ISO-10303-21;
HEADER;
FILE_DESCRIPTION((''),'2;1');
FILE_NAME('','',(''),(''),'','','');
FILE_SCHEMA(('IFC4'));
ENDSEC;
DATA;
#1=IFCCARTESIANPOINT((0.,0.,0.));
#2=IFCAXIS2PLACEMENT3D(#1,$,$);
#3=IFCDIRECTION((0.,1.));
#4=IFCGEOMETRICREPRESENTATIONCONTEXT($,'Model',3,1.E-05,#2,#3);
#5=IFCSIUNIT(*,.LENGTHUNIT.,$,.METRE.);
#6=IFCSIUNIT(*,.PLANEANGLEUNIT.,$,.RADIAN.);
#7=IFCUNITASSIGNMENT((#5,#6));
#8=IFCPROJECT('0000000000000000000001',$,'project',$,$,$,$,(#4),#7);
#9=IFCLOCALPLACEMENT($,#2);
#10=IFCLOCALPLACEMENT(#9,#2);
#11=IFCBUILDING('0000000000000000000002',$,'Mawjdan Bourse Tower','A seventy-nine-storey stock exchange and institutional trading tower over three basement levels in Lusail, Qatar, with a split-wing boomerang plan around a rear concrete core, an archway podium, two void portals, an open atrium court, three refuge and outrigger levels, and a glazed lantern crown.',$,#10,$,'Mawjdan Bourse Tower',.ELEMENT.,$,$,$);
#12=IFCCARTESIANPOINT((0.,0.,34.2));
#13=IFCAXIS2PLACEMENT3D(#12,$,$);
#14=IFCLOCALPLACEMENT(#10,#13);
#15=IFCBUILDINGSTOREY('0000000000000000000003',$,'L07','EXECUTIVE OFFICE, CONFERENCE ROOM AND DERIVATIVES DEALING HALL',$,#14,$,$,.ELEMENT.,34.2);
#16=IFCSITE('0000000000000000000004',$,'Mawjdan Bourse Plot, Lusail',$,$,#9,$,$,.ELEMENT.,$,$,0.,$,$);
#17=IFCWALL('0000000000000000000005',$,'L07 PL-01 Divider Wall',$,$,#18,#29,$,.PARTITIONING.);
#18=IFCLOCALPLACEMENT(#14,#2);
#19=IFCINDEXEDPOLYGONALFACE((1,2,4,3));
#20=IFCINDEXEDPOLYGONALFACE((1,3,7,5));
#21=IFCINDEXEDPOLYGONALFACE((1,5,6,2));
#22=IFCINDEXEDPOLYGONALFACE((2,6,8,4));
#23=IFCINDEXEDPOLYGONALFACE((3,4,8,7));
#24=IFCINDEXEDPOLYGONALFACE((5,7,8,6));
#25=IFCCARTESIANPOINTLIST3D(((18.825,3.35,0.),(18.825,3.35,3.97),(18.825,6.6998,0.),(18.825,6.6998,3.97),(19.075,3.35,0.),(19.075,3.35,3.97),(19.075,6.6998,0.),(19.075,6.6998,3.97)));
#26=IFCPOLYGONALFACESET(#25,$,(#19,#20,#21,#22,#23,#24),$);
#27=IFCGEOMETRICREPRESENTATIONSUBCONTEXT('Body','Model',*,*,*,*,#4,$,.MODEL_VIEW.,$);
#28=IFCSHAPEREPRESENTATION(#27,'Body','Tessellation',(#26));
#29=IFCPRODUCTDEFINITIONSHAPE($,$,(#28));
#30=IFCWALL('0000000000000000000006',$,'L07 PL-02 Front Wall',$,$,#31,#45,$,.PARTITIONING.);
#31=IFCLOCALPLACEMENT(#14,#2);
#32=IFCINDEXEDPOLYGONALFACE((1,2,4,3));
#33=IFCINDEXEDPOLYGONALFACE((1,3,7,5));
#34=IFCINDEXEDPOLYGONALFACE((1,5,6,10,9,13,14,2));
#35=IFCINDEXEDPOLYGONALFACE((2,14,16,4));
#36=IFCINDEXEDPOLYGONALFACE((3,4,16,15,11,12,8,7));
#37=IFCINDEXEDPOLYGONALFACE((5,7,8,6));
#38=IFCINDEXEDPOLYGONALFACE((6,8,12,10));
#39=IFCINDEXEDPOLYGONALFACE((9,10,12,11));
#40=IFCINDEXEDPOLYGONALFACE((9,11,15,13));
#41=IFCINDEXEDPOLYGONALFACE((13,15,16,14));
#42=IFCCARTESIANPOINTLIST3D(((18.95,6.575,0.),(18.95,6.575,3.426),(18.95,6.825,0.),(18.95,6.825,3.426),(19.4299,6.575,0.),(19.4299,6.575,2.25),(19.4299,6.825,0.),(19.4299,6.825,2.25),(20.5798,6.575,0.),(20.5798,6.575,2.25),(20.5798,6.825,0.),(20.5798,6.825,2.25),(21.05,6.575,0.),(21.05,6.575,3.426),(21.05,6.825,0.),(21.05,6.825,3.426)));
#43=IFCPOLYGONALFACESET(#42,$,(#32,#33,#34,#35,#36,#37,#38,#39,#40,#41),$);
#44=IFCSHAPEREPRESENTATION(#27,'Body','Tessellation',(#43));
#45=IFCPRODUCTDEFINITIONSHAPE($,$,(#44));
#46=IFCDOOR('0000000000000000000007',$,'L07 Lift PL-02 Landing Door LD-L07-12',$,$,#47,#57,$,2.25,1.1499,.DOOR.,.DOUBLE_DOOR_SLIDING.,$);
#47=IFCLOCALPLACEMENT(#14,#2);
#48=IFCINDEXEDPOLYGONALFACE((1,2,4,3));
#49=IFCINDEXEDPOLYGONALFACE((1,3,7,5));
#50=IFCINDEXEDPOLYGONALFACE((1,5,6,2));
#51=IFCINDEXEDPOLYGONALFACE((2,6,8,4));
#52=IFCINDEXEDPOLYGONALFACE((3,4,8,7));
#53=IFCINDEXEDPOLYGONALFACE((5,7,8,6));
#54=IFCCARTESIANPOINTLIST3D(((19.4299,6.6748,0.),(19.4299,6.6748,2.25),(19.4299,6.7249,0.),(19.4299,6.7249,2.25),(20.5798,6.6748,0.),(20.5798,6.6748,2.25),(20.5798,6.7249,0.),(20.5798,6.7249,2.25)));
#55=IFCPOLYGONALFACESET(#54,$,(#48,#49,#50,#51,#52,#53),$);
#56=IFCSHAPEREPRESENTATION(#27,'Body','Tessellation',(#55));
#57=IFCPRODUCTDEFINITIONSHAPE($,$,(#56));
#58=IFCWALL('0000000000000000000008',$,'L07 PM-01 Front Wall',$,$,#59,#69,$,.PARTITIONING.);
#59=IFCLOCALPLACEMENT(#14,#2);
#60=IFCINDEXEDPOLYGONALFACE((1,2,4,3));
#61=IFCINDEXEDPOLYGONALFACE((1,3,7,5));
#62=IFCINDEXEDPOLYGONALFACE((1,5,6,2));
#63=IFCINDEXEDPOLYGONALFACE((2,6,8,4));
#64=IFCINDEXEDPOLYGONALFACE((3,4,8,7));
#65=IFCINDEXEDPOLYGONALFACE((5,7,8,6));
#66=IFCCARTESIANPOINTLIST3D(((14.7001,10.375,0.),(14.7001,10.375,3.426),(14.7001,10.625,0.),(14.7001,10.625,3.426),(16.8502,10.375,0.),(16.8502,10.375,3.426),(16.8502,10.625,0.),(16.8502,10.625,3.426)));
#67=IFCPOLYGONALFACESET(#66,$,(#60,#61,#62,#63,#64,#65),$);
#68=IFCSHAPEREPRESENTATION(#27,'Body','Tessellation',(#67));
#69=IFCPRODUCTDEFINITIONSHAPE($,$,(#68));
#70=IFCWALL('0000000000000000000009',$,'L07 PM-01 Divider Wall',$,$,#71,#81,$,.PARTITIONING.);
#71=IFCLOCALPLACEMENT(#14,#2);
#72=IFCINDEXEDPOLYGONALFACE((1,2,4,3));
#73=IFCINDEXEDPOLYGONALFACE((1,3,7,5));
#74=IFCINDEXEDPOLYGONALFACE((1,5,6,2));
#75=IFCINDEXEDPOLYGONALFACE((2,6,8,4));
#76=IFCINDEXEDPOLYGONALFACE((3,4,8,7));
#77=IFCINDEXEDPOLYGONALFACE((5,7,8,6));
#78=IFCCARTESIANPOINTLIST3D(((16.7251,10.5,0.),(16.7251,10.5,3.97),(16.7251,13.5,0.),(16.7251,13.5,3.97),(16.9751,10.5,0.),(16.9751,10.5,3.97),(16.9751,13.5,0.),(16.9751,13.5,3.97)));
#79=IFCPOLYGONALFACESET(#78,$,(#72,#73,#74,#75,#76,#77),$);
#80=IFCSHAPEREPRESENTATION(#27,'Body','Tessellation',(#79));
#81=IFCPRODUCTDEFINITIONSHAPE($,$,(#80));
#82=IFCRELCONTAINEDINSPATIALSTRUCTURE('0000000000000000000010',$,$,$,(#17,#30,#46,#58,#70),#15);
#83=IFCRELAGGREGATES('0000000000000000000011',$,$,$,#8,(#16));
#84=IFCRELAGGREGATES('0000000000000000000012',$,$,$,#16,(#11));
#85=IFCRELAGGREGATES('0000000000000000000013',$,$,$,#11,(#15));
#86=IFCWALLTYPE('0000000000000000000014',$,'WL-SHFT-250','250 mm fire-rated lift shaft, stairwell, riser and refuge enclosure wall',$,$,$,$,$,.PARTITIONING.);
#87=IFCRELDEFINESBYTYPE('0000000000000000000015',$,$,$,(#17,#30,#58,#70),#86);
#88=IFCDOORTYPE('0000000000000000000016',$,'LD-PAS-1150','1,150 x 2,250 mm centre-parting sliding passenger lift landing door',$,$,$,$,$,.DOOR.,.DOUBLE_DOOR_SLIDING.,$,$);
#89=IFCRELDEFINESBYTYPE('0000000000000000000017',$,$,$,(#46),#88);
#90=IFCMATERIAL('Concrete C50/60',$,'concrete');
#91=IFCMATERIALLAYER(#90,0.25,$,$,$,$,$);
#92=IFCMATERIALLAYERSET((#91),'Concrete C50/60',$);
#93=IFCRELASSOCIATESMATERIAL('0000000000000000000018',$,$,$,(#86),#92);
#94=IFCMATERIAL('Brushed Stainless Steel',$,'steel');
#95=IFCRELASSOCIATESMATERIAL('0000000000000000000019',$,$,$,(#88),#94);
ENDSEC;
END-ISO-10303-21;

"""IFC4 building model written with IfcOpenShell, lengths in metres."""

from ifc_helpers import new_model, si_unit, direction, frame, frame_2d, origin, place, context, subcontext, project, spatial, rectangle, extrude, material, layer, layer_set, type_object, element, fill, save


model = new_model("IFC4")

# Units and contexts
model_context = context("Model", 3, precision=1e-05, world=origin(), true_north=direction((0.0, 1.0)))
body_context = subcontext(model_context, "Body", "Model", "MODEL_VIEW")
ifc_project = project(units=[si_unit("LENGTHUNIT", "METRE"), si_unit("PLANEANGLEUNIT", "RADIAN")], contexts=[model_context])

# Site, building, storey
site_placement = place(None, origin())
site = spatial("IfcSite", under=ifc_project, at=site_placement, Name="Mawjdan Bourse Plot, Lusail", CompositionType="ELEMENT", RefElevation=0.0)
building_placement = place(site_placement, origin())
building = spatial("IfcBuilding", under=site, at=building_placement, Name="Mawjdan Bourse Tower", Description="A seventy-nine-storey stock exchange and institutional trading tower over three basement levels in Lusail, Qatar, with a split-wing boomerang plan around a rear concrete core, an archway podium, two void portals, an open atrium court, three refuge and outrigger levels, and a glazed lantern crown.", LongName="Mawjdan Bourse Tower", CompositionType="ELEMENT")
storey_placement = place(building_placement, frame((0.0, 0.0, 34.2)))
storey = spatial("IfcBuildingStorey", under=building, at=storey_placement, Name="L07", Description="EXECUTIVE OFFICE, CONFERENCE ROOM AND DERIVATIVES DEALING HALL", CompositionType="ELEMENT", Elevation=34.2)

# Shared definitions
ifc_material_1 = material(Name="Concrete C50/60", Category="concrete")
ifc_layer = layer(ifc_material_1, 0.25)
ifc_layer_set = layer_set([ifc_layer], Name="Concrete C50/60")
wall_type = type_object("IfcWallType", Name="WL-SHFT-250", Description="250 mm fire-rated lift shaft, stairwell, riser and refuge enclosure wall", PredefinedType="PARTITIONING", material=ifc_layer_set)

# Shared definitions
ifc_material_2 = material(Name="Brushed Stainless Steel", Category="steel")

# Shared definitions
door_type_1 = type_object("IfcDoorType", Name="LD-PAS-1150", Description="1,150 x 2,250 mm centre-parting sliding passenger lift landing door", OperationType="DOUBLE_DOOR_SLIDING", PredefinedType="DOOR", material=ifc_material_2)

# Wall
wall_1_placement = place(storey_placement, frame((18.95, 3.3501, 0.0), z_axis=(0.0, 0.0, 1.0), x_axis=(0.0, 1.0, 0.0)))
element("IfcWall", 1, at=wall_1_placement, inside=storey, type_object=wall_type, Name="L07 PL-01 Divider Wall", PredefinedType="PARTITIONING", context=body_context, shape_type="SweptSolid", body=[
    extrude(rectangle(XDim=3.3499, YDim=0.25, at=frame_2d((1.6748, 0.0))), origin(), (0.0, 0.0, 1.0), 3.97),
])

# Wall, opening, door
wall_2_placement = place(storey_placement, frame((18.95, 6.7, 0.0), z_axis=(0.0, 0.0, 1.0), x_axis=(1.0, 0.0, 0.0)))
wall_2 = element("IfcWall", 2, at=wall_2_placement, inside=storey, type_object=wall_type, Name="L07 PL-02 Front Wall", PredefinedType="PARTITIONING", context=body_context, shape_type="SweptSolid", body=[
    extrude(rectangle(XDim=2.1001, YDim=0.25, at=frame_2d((1.05, 0.0))), origin(), (0.0, 0.0, 1.0), 3.426),
])
opening_1_placement = place(wall_2_placement, frame((0.48, 0.0, 0.0)))
opening_1 = element("IfcOpeningElement", 3, at=opening_1_placement, cuts=wall_2, PredefinedType="OPENING", context=body_context, shape_type="SweptSolid", body=[
    extrude(rectangle(XDim=1.1499, YDim=2.25, at=frame_2d((0.575, 1.125))), frame((0.0, 0.135, 0.0), z_axis=(0.0, -1.0, 0.0), x_axis=(1.0, 0.0, 0.0)), (0.0, 0.0, 1.0), 0.27),
])
door_1_placement = place(opening_1_placement, origin())
door_1 = element("IfcDoor", 4, at=door_1_placement, inside=storey, type_object=door_type_1, Name="L07 Lift PL-02 Landing Door LD-L07-12", OperationType="DOUBLE_DOOR_SLIDING", OverallHeight=2.25, OverallWidth=1.1499, PredefinedType="DOOR", context=body_context, shape_type="SweptSolid", body=[
    extrude(rectangle(XDim=1.1499, YDim=2.25, at=frame_2d((0.575, 1.125))), frame((0.0, 0.0249, 0.0), z_axis=(0.0, -1.0, 0.0), x_axis=(1.0, 0.0, 0.0)), (0.0, 0.0, 1.0), 0.05),
])
fill(opening_1, door_1)

# Walls
wall_3_placement = place(storey_placement, frame((14.7, 10.5, 0.0), z_axis=(0.0, 0.0, 1.0), x_axis=(1.0, 0.0, 0.0)))
element("IfcWall", 5, at=wall_3_placement, inside=storey, type_object=wall_type, Name="L07 PM-01 Front Wall", PredefinedType="PARTITIONING", context=body_context, shape_type="SweptSolid", body=[
    extrude(rectangle(XDim=2.1501, YDim=0.25, at=frame_2d((1.0752, 0.0))), origin(), (0.0, 0.0, 1.0), 3.426),
])
wall_4_placement = place(storey_placement, frame((16.8501, 10.5, 0.0), z_axis=(0.0, 0.0, 1.0), x_axis=(0.0, 1.0, 0.0)))
element("IfcWall", 6, at=wall_4_placement, inside=storey, type_object=wall_type, Name="L07 PM-01 Divider Wall", PredefinedType="PARTITIONING", context=body_context, shape_type="SweptSolid", body=[
    extrude(rectangle(XDim=3.0, YDim=0.25, at=frame_2d((1.5, 0.0))), origin(), (0.0, 0.0, 1.0), 3.97),
])

save(model, "model.ifc")
